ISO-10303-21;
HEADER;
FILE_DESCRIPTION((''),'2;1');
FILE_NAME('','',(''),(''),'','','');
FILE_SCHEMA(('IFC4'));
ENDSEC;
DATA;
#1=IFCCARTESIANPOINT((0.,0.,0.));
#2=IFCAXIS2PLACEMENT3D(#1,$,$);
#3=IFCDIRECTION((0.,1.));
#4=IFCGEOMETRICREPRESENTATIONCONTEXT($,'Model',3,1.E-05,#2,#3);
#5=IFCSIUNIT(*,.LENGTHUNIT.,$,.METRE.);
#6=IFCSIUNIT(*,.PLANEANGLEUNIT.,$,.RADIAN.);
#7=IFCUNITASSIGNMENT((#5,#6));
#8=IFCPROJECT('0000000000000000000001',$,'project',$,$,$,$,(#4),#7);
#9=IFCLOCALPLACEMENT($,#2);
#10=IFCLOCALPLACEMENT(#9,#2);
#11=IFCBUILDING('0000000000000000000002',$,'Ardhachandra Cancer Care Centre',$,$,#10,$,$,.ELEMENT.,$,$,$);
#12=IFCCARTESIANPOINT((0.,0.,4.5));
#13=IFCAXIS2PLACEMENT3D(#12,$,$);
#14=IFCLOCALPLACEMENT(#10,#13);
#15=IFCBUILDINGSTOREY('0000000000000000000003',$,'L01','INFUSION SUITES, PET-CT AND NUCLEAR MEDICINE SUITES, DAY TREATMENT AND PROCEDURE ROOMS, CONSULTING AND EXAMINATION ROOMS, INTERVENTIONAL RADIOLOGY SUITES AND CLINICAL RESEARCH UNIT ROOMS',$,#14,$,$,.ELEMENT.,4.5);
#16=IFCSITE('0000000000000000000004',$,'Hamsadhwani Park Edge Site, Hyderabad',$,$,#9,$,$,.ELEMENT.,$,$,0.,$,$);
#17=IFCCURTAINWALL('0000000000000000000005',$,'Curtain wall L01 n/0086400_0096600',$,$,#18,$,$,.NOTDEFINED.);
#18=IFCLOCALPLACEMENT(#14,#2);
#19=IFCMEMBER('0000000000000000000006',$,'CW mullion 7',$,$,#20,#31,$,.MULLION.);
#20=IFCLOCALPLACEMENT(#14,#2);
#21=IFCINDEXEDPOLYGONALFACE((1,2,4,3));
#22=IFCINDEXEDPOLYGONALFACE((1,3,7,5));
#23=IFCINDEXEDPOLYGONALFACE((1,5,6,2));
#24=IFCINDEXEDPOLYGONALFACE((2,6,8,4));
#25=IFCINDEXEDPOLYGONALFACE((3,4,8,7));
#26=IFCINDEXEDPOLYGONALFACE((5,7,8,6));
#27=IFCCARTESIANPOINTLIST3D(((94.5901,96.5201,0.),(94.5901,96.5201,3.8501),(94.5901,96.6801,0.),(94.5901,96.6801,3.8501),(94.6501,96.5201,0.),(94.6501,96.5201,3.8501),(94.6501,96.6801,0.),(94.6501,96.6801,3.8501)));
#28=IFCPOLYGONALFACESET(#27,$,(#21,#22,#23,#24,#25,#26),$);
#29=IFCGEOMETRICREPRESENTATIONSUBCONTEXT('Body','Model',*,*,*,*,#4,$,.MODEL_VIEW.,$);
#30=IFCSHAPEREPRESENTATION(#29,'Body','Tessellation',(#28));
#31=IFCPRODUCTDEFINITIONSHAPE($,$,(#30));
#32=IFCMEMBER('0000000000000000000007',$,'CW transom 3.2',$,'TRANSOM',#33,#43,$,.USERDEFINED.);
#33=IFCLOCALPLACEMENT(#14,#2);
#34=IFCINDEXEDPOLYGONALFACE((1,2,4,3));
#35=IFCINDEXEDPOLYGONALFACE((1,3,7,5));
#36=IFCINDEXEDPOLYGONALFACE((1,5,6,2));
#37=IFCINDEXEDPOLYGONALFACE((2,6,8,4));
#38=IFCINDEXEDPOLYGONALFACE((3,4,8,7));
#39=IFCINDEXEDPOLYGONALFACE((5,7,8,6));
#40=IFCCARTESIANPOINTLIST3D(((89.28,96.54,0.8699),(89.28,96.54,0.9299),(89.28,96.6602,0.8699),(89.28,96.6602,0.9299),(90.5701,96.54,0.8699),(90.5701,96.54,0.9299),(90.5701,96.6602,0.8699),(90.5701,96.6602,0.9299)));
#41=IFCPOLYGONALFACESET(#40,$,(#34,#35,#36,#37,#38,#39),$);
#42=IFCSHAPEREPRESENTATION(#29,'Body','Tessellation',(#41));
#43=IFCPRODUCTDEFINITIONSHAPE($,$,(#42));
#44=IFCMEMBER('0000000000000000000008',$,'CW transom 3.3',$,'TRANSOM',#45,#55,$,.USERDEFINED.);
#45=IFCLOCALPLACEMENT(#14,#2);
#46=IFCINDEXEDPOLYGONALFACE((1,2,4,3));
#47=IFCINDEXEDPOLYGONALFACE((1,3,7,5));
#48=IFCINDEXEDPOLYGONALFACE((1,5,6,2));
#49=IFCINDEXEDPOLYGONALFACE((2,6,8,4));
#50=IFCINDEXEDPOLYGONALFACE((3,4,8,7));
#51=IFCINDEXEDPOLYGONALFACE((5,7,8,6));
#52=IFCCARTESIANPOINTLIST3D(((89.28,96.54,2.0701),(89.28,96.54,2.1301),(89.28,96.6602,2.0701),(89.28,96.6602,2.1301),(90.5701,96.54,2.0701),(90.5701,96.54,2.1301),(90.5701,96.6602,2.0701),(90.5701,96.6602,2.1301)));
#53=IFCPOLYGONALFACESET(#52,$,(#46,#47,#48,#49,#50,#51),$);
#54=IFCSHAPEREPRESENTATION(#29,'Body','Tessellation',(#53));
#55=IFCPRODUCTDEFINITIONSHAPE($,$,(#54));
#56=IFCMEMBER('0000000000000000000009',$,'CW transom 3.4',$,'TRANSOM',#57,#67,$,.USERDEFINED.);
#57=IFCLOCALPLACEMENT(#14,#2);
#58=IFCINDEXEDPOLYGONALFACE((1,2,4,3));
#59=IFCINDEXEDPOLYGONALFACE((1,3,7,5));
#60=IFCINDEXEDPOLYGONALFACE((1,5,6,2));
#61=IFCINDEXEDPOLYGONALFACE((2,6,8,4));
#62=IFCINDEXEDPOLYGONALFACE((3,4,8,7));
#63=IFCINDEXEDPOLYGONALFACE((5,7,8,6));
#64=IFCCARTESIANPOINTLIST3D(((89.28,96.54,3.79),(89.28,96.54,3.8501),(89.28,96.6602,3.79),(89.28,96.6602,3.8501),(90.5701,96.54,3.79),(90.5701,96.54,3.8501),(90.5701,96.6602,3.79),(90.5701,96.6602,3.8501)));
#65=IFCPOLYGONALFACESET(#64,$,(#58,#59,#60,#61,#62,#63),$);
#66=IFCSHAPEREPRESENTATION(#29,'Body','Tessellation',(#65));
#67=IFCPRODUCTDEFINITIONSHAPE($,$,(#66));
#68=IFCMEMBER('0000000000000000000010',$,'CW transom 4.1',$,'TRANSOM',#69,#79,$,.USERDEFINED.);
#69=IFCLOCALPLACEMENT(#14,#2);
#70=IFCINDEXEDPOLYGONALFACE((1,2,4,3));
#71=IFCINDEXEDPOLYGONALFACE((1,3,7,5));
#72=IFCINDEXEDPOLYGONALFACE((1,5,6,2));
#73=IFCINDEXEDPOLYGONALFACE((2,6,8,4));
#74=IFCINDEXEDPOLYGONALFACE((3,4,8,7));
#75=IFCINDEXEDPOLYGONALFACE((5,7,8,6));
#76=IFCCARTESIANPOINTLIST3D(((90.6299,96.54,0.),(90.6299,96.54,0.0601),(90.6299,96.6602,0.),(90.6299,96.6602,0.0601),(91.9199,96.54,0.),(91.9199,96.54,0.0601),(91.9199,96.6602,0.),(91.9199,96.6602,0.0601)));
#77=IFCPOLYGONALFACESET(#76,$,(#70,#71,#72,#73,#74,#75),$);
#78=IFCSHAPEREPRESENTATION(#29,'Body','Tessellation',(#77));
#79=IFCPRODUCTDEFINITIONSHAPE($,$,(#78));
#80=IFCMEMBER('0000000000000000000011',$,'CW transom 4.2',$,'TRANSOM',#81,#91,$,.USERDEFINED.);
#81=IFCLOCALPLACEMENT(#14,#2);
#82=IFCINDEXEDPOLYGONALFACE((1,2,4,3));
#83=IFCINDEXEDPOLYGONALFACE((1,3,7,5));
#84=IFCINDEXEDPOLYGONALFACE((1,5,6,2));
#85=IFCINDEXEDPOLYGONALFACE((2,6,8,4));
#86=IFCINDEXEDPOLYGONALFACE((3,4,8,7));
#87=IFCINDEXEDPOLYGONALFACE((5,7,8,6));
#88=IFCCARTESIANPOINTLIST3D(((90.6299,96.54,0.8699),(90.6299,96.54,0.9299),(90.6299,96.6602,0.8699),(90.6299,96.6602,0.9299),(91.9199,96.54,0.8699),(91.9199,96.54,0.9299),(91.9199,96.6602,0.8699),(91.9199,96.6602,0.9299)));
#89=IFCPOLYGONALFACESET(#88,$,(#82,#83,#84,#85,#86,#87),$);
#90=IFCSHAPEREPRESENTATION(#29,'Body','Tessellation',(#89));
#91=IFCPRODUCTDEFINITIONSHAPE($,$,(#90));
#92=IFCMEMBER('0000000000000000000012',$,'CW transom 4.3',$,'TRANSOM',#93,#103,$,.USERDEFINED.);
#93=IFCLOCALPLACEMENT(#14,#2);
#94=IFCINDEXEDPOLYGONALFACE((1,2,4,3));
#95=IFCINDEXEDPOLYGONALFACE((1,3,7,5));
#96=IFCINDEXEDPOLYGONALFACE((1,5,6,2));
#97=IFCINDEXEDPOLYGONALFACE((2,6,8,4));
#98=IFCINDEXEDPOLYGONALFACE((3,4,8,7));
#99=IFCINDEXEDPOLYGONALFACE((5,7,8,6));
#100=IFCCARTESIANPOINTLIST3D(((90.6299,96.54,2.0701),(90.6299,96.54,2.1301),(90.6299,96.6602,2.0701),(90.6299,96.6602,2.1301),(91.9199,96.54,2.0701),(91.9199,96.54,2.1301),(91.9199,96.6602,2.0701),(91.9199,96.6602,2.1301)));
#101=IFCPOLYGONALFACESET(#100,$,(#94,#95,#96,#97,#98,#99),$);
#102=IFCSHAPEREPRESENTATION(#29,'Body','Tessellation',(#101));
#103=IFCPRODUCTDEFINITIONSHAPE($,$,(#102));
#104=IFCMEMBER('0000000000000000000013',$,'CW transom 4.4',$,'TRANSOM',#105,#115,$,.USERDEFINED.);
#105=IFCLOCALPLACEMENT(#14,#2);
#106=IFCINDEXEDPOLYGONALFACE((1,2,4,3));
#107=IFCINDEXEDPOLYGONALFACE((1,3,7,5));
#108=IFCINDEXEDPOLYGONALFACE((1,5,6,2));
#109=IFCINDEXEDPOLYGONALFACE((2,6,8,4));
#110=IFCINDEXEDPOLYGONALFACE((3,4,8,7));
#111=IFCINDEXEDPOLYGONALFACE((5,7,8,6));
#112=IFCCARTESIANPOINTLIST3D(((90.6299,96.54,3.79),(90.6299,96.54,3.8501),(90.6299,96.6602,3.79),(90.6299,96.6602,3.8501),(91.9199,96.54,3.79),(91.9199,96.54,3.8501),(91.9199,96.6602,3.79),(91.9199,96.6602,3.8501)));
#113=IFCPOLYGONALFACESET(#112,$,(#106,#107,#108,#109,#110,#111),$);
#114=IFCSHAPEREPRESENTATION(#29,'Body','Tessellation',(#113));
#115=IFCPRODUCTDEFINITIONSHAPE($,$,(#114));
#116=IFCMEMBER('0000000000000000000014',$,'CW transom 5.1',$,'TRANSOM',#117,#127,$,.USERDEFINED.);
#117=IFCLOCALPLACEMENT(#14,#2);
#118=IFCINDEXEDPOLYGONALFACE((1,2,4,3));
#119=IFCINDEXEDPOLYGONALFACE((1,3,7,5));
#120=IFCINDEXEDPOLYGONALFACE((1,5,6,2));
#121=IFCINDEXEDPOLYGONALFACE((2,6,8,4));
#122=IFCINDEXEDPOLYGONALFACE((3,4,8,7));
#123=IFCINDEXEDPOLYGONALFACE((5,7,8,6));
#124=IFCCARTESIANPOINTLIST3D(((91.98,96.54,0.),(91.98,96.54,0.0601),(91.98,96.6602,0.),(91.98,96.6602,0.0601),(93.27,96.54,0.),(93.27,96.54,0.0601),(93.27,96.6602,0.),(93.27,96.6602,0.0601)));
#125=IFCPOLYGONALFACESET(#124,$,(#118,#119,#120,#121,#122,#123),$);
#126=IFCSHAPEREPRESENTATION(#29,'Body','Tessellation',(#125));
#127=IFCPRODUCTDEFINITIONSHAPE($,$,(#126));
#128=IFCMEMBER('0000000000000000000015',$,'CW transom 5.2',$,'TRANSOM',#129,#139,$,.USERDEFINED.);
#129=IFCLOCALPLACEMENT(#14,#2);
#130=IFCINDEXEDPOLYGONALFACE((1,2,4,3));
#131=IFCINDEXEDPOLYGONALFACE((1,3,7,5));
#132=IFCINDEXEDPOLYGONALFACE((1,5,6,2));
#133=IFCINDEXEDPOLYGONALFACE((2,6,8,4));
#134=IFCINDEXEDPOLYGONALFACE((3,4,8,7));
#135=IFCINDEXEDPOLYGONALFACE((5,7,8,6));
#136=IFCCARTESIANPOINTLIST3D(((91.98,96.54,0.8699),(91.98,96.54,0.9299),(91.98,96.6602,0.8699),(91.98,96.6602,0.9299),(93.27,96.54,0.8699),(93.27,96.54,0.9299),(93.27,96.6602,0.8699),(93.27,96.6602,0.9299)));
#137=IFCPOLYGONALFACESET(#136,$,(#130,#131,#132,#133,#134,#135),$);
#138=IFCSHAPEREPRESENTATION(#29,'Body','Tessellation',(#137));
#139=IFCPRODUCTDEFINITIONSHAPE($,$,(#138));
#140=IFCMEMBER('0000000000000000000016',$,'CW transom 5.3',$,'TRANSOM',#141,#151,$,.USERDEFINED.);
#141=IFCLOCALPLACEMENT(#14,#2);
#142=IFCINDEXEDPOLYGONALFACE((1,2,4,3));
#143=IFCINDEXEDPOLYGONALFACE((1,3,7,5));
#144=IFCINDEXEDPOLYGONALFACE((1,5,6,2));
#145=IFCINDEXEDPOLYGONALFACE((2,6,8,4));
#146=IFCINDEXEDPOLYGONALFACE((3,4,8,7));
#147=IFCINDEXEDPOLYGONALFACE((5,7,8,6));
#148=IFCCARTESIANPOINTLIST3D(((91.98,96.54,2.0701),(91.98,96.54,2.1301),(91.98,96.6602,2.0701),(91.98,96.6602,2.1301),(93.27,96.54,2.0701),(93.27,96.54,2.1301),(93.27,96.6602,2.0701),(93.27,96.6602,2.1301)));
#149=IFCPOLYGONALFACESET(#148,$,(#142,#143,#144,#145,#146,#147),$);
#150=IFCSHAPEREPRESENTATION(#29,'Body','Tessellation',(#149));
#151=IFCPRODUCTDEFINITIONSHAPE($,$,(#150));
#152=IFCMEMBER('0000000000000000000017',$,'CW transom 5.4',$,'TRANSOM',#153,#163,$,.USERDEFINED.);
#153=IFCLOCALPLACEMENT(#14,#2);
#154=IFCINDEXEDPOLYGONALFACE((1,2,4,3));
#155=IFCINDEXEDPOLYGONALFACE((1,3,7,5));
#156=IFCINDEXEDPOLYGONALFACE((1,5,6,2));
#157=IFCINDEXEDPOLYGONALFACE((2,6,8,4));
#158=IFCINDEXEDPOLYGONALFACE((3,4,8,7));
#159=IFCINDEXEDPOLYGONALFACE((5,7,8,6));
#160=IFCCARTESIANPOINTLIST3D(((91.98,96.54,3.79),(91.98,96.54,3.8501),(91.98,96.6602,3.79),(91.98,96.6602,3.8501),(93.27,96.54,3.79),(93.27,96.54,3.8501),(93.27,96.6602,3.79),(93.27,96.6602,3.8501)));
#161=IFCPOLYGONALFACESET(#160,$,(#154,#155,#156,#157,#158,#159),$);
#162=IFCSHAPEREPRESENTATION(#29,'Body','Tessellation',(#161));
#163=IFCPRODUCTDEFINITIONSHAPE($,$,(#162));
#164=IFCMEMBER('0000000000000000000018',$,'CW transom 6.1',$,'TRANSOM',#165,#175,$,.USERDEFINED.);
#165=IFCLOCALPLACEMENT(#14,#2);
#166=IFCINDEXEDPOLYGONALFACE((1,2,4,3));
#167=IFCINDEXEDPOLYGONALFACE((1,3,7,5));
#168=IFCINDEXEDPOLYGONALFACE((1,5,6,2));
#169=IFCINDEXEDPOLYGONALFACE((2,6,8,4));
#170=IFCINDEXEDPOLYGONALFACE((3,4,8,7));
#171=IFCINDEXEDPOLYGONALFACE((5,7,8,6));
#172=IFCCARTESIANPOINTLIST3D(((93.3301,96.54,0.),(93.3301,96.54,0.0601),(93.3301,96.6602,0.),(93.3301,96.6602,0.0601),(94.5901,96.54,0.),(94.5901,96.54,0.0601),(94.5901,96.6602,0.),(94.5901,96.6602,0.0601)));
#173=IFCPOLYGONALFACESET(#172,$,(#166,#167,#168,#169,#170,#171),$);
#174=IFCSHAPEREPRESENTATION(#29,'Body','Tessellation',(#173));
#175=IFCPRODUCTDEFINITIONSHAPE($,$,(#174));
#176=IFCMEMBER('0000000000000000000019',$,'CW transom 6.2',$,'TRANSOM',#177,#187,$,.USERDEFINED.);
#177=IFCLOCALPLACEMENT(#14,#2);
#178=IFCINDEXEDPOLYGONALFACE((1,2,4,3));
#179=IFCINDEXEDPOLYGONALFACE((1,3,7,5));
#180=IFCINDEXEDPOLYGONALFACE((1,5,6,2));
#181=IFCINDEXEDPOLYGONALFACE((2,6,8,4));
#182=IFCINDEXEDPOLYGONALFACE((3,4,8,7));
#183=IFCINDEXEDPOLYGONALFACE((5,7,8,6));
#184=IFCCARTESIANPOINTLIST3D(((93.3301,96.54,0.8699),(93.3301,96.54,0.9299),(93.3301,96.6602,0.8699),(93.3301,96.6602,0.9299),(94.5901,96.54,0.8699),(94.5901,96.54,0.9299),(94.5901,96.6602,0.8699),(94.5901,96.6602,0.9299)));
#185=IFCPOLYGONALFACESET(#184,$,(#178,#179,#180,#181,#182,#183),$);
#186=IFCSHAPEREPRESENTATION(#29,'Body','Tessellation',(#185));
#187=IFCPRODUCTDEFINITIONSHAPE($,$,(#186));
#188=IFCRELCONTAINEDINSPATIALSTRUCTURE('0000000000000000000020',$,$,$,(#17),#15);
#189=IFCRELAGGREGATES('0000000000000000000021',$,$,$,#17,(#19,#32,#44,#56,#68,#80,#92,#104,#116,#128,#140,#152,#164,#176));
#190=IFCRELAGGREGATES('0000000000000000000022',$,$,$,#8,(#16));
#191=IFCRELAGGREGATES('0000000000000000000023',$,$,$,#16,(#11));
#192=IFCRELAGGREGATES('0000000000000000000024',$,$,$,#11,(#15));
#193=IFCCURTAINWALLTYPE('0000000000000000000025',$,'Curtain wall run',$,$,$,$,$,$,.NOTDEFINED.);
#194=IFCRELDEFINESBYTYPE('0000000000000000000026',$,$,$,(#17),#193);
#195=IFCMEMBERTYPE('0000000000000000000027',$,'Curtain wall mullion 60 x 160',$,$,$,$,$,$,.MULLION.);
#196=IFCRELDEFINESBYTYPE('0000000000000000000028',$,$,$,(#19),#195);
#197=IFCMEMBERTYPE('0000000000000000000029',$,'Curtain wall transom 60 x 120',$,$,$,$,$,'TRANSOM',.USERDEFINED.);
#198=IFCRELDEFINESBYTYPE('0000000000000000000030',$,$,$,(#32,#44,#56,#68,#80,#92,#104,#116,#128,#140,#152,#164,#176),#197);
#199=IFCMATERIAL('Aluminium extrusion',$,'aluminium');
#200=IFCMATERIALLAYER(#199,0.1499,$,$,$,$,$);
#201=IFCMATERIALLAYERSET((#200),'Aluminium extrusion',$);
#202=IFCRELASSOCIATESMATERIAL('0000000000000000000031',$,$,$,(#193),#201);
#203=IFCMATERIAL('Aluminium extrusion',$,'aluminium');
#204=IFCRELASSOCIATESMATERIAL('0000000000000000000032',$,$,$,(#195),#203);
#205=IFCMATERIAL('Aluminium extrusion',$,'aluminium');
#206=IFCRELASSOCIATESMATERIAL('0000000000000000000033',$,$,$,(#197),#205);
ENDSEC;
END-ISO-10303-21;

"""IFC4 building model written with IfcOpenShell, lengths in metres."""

from ifc_helpers import new_model, si_unit, direction, frame, origin, origin_2d, place, context, subcontext, project, spatial, rectangle, extrude, material, layer, layer_set, material_profile, profile_set, type_object, element, aggregate, save


model = new_model("IFC4")

# Units and contexts
model_context = context("Model", 3, precision=1e-05, world=origin(), true_north=direction((0.0, 1.0)))
body_context = subcontext(model_context, "Body", "Model", "MODEL_VIEW")
ifc_project = project(units=[si_unit("LENGTHUNIT", "METRE"), si_unit("PLANEANGLEUNIT", "RADIAN")], contexts=[model_context])

# Site, building, storey
site_placement = place(None, origin())
site = spatial("IfcSite", under=ifc_project, at=site_placement, Name="Hamsadhwani Park Edge Site, Hyderabad", CompositionType="ELEMENT", RefElevation=0.0)
building_placement = place(site_placement, origin())
building = spatial("IfcBuilding", under=site, at=building_placement, Name="Ardhachandra Cancer Care Centre", CompositionType="ELEMENT")
storey_placement = place(building_placement, frame((0.0, 0.0, 4.5)))
storey = spatial("IfcBuildingStorey", under=building, at=storey_placement, Name="L01", Description="INFUSION SUITES, PET-CT AND NUCLEAR MEDICINE SUITES, DAY TREATMENT AND PROCEDURE ROOMS, CONSULTING AND EXAMINATION ROOMS, INTERVENTIONAL RADIOLOGY SUITES AND CLINICAL RESEARCH UNIT ROOMS", CompositionType="ELEMENT", Elevation=4.5)

# Curtain wall, members
ifc_material_1 = material(Name="Aluminium extrusion", Category="aluminium")
ifc_layer_1 = layer(ifc_material_1, 0.1499)
ifc_layer_set_1 = layer_set([ifc_layer_1], Name="Aluminium extrusion")
curtain_wall_type = type_object("IfcCurtainWallType", Name="Curtain wall run", PredefinedType="NOTDEFINED", material=ifc_layer_set_1)
curtain_wall_placement = place(storey_placement, origin())
curtain_wall = element("IfcCurtainWall", 1, at=curtain_wall_placement, inside=storey, type_object=curtain_wall_type, Name="Curtain wall L01 n/0086400_0096600", PredefinedType="NOTDEFINED")
ifc_material_2 = material(Name="Aluminium extrusion", Category="aluminium")
ifc_material_profile_1 = material_profile(ifc_material_2, rectangle(XDim=0.1599, YDim=0.0601, at=origin_2d()), Name="Curtain wall mullion 60 x 160")
ifc_profile_set_1 = profile_set([ifc_material_profile_1], Name="Aluminium extrusion")
member_type_1 = type_object("IfcMemberType", Name="Curtain wall mullion 60 x 160", PredefinedType="MULLION", material=ifc_profile_set_1)
member_1_placement = place(storey_placement, frame((94.6201, 96.6001, 0.0), z_axis=(0.0, 0.0, 1.0), x_axis=(0.0, 1.0, 0.0)))
member_1 = element("IfcMember", 2, at=member_1_placement, type_object=member_type_1, Name="CW mullion 7", PredefinedType="MULLION", context=body_context, shape_type="SweptSolid", body=[
    extrude(rectangle(XDim=0.1599, YDim=0.0601, at=origin_2d()), origin(), (0.0, 0.0, 1.0), 3.8501),
])
ifc_material_3 = material(Name="Aluminium extrusion", Category="aluminium")
ifc_material_profile_2 = material_profile(ifc_material_3, rectangle(XDim=0.1201, YDim=0.0601, at=origin_2d()), Name="Curtain wall transom 60 x 120")
ifc_profile_set_2 = profile_set([ifc_material_profile_2], Name="Aluminium extrusion")
member_type_2 = type_object("IfcMemberType", Name="Curtain wall transom 60 x 120", ElementType="TRANSOM", PredefinedType="USERDEFINED", material=ifc_profile_set_2)
member_2_placement = place(storey_placement, frame((89.28, 96.6001, 0.8999), z_axis=(1.0, 0.0, 0.0), x_axis=(0.0, 1.0, 0.0)))
member_2 = element("IfcMember", 3, at=member_2_placement, type_object=member_type_2, Name="CW transom 3.2", ObjectType="TRANSOM", PredefinedType="USERDEFINED", context=body_context, shape_type="SweptSolid", body=[
    extrude(rectangle(XDim=0.1201, YDim=0.0601, at=origin_2d()), origin(), (0.0, 0.0, 1.0), 1.29),
])
member_3_placement = place(storey_placement, frame((89.28, 96.6001, 2.1001), z_axis=(1.0, 0.0, 0.0), x_axis=(0.0, 1.0, 0.0)))
member_3 = element("IfcMember", 4, at=member_3_placement, type_object=member_type_2, Name="CW transom 3.3", ObjectType="TRANSOM", PredefinedType="USERDEFINED", context=body_context, shape_type="SweptSolid", body=[
    extrude(rectangle(XDim=0.1201, YDim=0.0601, at=origin_2d()), origin(), (0.0, 0.0, 1.0), 1.29),
])
member_4_placement = place(storey_placement, frame((89.28, 96.6001, 3.8201), z_axis=(1.0, 0.0, 0.0), x_axis=(0.0, 1.0, 0.0)))
member_4 = element("IfcMember", 5, at=member_4_placement, type_object=member_type_2, Name="CW transom 3.4", ObjectType="TRANSOM", PredefinedType="USERDEFINED", context=body_context, shape_type="SweptSolid", body=[
    extrude(rectangle(XDim=0.1201, YDim=0.0601, at=origin_2d()), origin(), (0.0, 0.0, 1.0), 1.29),
])
member_5_placement = place(storey_placement, frame((90.6299, 96.6001, 0.03), z_axis=(1.0, 0.0, 0.0), x_axis=(0.0, 1.0, 0.0)))
member_5 = element("IfcMember", 6, at=member_5_placement, type_object=member_type_2, Name="CW transom 4.1", ObjectType="TRANSOM", PredefinedType="USERDEFINED", context=body_context, shape_type="SweptSolid", body=[
    extrude(rectangle(XDim=0.1201, YDim=0.0601, at=origin_2d()), origin(), (0.0, 0.0, 1.0), 1.29),
])
member_6_placement = place(storey_placement, frame((90.6299, 96.6001, 0.8999), z_axis=(1.0, 0.0, 0.0), x_axis=(0.0, 1.0, 0.0)))
member_6 = element("IfcMember", 7, at=member_6_placement, type_object=member_type_2, Name="CW transom 4.2", ObjectType="TRANSOM", PredefinedType="USERDEFINED", context=body_context, shape_type="SweptSolid", body=[
    extrude(rectangle(XDim=0.1201, YDim=0.0601, at=origin_2d()), origin(), (0.0, 0.0, 1.0), 1.29),
])
member_7_placement = place(storey_placement, frame((90.6299, 96.6001, 2.1001), z_axis=(1.0, 0.0, 0.0), x_axis=(0.0, 1.0, 0.0)))
member_7 = element("IfcMember", 8, at=member_7_placement, type_object=member_type_2, Name="CW transom 4.3", ObjectType="TRANSOM", PredefinedType="USERDEFINED", context=body_context, shape_type="SweptSolid", body=[
    extrude(rectangle(XDim=0.1201, YDim=0.0601, at=origin_2d()), origin(), (0.0, 0.0, 1.0), 1.29),
])
member_8_placement = place(storey_placement, frame((90.6299, 96.6001, 3.8201), z_axis=(1.0, 0.0, 0.0), x_axis=(0.0, 1.0, 0.0)))
member_8 = element("IfcMember", 9, at=member_8_placement, type_object=member_type_2, Name="CW transom 4.4", ObjectType="TRANSOM", PredefinedType="USERDEFINED", context=body_context, shape_type="SweptSolid", body=[
    extrude(rectangle(XDim=0.1201, YDim=0.0601, at=origin_2d()), origin(), (0.0, 0.0, 1.0), 1.29),
])
member_9_placement = place(storey_placement, frame((91.98, 96.6001, 0.03), z_axis=(1.0, 0.0, 0.0), x_axis=(0.0, 1.0, 0.0)))
member_9 = element("IfcMember", 10, at=member_9_placement, type_object=member_type_2, Name="CW transom 5.1", ObjectType="TRANSOM", PredefinedType="USERDEFINED", context=body_context, shape_type="SweptSolid", body=[
    extrude(rectangle(XDim=0.1201, YDim=0.0601, at=origin_2d()), origin(), (0.0, 0.0, 1.0), 1.29),
])
member_10_placement = place(storey_placement, frame((91.98, 96.6001, 0.8999), z_axis=(1.0, 0.0, 0.0), x_axis=(0.0, 1.0, 0.0)))
member_10 = element("IfcMember", 11, at=member_10_placement, type_object=member_type_2, Name="CW transom 5.2", ObjectType="TRANSOM", PredefinedType="USERDEFINED", context=body_context, shape_type="SweptSolid", body=[
    extrude(rectangle(XDim=0.1201, YDim=0.0601, at=origin_2d()), origin(), (0.0, 0.0, 1.0), 1.29),
])
member_11_placement = place(storey_placement, frame((91.98, 96.6001, 2.1001), z_axis=(1.0, 0.0, 0.0), x_axis=(0.0, 1.0, 0.0)))
member_11 = element("IfcMember", 12, at=member_11_placement, type_object=member_type_2, Name="CW transom 5.3", ObjectType="TRANSOM", PredefinedType="USERDEFINED", context=body_context, shape_type="SweptSolid", body=[
    extrude(rectangle(XDim=0.1201, YDim=0.0601, at=origin_2d()), origin(), (0.0, 0.0, 1.0), 1.29),
])
member_12_placement = place(storey_placement, frame((91.98, 96.6001, 3.8201), z_axis=(1.0, 0.0, 0.0), x_axis=(0.0, 1.0, 0.0)))
member_12 = element("IfcMember", 13, at=member_12_placement, type_object=member_type_2, Name="CW transom 5.4", ObjectType="TRANSOM", PredefinedType="USERDEFINED", context=body_context, shape_type="SweptSolid", body=[
    extrude(rectangle(XDim=0.1201, YDim=0.0601, at=origin_2d()), origin(), (0.0, 0.0, 1.0), 1.29),
])
member_13_placement = place(storey_placement, frame((93.3301, 96.6001, 0.03), z_axis=(1.0, 0.0, 0.0), x_axis=(0.0, 1.0, 0.0)))
member_13 = element("IfcMember", 14, at=member_13_placement, type_object=member_type_2, Name="CW transom 6.1", ObjectType="TRANSOM", PredefinedType="USERDEFINED", context=body_context, shape_type="SweptSolid", body=[
    extrude(rectangle(XDim=0.1201, YDim=0.0601, at=origin_2d()), origin(), (0.0, 0.0, 1.0), 1.26),
])
member_14_placement = place(storey_placement, frame((93.3301, 96.6001, 0.8999), z_axis=(1.0, 0.0, 0.0), x_axis=(0.0, 1.0, 0.0)))
member_14 = element("IfcMember", 15, at=member_14_placement, type_object=member_type_2, Name="CW transom 6.2", ObjectType="TRANSOM", PredefinedType="USERDEFINED", context=body_context, shape_type="SweptSolid", body=[
    extrude(rectangle(XDim=0.1201, YDim=0.0601, at=origin_2d()), origin(), (0.0, 0.0, 1.0), 1.26),
])
aggregate(curtain_wall, [member_1, member_2, member_3, member_4, member_5, member_6, member_7, member_8, member_9, member_10, member_11, member_12, member_13, member_14])

save(model, "model.ifc")
